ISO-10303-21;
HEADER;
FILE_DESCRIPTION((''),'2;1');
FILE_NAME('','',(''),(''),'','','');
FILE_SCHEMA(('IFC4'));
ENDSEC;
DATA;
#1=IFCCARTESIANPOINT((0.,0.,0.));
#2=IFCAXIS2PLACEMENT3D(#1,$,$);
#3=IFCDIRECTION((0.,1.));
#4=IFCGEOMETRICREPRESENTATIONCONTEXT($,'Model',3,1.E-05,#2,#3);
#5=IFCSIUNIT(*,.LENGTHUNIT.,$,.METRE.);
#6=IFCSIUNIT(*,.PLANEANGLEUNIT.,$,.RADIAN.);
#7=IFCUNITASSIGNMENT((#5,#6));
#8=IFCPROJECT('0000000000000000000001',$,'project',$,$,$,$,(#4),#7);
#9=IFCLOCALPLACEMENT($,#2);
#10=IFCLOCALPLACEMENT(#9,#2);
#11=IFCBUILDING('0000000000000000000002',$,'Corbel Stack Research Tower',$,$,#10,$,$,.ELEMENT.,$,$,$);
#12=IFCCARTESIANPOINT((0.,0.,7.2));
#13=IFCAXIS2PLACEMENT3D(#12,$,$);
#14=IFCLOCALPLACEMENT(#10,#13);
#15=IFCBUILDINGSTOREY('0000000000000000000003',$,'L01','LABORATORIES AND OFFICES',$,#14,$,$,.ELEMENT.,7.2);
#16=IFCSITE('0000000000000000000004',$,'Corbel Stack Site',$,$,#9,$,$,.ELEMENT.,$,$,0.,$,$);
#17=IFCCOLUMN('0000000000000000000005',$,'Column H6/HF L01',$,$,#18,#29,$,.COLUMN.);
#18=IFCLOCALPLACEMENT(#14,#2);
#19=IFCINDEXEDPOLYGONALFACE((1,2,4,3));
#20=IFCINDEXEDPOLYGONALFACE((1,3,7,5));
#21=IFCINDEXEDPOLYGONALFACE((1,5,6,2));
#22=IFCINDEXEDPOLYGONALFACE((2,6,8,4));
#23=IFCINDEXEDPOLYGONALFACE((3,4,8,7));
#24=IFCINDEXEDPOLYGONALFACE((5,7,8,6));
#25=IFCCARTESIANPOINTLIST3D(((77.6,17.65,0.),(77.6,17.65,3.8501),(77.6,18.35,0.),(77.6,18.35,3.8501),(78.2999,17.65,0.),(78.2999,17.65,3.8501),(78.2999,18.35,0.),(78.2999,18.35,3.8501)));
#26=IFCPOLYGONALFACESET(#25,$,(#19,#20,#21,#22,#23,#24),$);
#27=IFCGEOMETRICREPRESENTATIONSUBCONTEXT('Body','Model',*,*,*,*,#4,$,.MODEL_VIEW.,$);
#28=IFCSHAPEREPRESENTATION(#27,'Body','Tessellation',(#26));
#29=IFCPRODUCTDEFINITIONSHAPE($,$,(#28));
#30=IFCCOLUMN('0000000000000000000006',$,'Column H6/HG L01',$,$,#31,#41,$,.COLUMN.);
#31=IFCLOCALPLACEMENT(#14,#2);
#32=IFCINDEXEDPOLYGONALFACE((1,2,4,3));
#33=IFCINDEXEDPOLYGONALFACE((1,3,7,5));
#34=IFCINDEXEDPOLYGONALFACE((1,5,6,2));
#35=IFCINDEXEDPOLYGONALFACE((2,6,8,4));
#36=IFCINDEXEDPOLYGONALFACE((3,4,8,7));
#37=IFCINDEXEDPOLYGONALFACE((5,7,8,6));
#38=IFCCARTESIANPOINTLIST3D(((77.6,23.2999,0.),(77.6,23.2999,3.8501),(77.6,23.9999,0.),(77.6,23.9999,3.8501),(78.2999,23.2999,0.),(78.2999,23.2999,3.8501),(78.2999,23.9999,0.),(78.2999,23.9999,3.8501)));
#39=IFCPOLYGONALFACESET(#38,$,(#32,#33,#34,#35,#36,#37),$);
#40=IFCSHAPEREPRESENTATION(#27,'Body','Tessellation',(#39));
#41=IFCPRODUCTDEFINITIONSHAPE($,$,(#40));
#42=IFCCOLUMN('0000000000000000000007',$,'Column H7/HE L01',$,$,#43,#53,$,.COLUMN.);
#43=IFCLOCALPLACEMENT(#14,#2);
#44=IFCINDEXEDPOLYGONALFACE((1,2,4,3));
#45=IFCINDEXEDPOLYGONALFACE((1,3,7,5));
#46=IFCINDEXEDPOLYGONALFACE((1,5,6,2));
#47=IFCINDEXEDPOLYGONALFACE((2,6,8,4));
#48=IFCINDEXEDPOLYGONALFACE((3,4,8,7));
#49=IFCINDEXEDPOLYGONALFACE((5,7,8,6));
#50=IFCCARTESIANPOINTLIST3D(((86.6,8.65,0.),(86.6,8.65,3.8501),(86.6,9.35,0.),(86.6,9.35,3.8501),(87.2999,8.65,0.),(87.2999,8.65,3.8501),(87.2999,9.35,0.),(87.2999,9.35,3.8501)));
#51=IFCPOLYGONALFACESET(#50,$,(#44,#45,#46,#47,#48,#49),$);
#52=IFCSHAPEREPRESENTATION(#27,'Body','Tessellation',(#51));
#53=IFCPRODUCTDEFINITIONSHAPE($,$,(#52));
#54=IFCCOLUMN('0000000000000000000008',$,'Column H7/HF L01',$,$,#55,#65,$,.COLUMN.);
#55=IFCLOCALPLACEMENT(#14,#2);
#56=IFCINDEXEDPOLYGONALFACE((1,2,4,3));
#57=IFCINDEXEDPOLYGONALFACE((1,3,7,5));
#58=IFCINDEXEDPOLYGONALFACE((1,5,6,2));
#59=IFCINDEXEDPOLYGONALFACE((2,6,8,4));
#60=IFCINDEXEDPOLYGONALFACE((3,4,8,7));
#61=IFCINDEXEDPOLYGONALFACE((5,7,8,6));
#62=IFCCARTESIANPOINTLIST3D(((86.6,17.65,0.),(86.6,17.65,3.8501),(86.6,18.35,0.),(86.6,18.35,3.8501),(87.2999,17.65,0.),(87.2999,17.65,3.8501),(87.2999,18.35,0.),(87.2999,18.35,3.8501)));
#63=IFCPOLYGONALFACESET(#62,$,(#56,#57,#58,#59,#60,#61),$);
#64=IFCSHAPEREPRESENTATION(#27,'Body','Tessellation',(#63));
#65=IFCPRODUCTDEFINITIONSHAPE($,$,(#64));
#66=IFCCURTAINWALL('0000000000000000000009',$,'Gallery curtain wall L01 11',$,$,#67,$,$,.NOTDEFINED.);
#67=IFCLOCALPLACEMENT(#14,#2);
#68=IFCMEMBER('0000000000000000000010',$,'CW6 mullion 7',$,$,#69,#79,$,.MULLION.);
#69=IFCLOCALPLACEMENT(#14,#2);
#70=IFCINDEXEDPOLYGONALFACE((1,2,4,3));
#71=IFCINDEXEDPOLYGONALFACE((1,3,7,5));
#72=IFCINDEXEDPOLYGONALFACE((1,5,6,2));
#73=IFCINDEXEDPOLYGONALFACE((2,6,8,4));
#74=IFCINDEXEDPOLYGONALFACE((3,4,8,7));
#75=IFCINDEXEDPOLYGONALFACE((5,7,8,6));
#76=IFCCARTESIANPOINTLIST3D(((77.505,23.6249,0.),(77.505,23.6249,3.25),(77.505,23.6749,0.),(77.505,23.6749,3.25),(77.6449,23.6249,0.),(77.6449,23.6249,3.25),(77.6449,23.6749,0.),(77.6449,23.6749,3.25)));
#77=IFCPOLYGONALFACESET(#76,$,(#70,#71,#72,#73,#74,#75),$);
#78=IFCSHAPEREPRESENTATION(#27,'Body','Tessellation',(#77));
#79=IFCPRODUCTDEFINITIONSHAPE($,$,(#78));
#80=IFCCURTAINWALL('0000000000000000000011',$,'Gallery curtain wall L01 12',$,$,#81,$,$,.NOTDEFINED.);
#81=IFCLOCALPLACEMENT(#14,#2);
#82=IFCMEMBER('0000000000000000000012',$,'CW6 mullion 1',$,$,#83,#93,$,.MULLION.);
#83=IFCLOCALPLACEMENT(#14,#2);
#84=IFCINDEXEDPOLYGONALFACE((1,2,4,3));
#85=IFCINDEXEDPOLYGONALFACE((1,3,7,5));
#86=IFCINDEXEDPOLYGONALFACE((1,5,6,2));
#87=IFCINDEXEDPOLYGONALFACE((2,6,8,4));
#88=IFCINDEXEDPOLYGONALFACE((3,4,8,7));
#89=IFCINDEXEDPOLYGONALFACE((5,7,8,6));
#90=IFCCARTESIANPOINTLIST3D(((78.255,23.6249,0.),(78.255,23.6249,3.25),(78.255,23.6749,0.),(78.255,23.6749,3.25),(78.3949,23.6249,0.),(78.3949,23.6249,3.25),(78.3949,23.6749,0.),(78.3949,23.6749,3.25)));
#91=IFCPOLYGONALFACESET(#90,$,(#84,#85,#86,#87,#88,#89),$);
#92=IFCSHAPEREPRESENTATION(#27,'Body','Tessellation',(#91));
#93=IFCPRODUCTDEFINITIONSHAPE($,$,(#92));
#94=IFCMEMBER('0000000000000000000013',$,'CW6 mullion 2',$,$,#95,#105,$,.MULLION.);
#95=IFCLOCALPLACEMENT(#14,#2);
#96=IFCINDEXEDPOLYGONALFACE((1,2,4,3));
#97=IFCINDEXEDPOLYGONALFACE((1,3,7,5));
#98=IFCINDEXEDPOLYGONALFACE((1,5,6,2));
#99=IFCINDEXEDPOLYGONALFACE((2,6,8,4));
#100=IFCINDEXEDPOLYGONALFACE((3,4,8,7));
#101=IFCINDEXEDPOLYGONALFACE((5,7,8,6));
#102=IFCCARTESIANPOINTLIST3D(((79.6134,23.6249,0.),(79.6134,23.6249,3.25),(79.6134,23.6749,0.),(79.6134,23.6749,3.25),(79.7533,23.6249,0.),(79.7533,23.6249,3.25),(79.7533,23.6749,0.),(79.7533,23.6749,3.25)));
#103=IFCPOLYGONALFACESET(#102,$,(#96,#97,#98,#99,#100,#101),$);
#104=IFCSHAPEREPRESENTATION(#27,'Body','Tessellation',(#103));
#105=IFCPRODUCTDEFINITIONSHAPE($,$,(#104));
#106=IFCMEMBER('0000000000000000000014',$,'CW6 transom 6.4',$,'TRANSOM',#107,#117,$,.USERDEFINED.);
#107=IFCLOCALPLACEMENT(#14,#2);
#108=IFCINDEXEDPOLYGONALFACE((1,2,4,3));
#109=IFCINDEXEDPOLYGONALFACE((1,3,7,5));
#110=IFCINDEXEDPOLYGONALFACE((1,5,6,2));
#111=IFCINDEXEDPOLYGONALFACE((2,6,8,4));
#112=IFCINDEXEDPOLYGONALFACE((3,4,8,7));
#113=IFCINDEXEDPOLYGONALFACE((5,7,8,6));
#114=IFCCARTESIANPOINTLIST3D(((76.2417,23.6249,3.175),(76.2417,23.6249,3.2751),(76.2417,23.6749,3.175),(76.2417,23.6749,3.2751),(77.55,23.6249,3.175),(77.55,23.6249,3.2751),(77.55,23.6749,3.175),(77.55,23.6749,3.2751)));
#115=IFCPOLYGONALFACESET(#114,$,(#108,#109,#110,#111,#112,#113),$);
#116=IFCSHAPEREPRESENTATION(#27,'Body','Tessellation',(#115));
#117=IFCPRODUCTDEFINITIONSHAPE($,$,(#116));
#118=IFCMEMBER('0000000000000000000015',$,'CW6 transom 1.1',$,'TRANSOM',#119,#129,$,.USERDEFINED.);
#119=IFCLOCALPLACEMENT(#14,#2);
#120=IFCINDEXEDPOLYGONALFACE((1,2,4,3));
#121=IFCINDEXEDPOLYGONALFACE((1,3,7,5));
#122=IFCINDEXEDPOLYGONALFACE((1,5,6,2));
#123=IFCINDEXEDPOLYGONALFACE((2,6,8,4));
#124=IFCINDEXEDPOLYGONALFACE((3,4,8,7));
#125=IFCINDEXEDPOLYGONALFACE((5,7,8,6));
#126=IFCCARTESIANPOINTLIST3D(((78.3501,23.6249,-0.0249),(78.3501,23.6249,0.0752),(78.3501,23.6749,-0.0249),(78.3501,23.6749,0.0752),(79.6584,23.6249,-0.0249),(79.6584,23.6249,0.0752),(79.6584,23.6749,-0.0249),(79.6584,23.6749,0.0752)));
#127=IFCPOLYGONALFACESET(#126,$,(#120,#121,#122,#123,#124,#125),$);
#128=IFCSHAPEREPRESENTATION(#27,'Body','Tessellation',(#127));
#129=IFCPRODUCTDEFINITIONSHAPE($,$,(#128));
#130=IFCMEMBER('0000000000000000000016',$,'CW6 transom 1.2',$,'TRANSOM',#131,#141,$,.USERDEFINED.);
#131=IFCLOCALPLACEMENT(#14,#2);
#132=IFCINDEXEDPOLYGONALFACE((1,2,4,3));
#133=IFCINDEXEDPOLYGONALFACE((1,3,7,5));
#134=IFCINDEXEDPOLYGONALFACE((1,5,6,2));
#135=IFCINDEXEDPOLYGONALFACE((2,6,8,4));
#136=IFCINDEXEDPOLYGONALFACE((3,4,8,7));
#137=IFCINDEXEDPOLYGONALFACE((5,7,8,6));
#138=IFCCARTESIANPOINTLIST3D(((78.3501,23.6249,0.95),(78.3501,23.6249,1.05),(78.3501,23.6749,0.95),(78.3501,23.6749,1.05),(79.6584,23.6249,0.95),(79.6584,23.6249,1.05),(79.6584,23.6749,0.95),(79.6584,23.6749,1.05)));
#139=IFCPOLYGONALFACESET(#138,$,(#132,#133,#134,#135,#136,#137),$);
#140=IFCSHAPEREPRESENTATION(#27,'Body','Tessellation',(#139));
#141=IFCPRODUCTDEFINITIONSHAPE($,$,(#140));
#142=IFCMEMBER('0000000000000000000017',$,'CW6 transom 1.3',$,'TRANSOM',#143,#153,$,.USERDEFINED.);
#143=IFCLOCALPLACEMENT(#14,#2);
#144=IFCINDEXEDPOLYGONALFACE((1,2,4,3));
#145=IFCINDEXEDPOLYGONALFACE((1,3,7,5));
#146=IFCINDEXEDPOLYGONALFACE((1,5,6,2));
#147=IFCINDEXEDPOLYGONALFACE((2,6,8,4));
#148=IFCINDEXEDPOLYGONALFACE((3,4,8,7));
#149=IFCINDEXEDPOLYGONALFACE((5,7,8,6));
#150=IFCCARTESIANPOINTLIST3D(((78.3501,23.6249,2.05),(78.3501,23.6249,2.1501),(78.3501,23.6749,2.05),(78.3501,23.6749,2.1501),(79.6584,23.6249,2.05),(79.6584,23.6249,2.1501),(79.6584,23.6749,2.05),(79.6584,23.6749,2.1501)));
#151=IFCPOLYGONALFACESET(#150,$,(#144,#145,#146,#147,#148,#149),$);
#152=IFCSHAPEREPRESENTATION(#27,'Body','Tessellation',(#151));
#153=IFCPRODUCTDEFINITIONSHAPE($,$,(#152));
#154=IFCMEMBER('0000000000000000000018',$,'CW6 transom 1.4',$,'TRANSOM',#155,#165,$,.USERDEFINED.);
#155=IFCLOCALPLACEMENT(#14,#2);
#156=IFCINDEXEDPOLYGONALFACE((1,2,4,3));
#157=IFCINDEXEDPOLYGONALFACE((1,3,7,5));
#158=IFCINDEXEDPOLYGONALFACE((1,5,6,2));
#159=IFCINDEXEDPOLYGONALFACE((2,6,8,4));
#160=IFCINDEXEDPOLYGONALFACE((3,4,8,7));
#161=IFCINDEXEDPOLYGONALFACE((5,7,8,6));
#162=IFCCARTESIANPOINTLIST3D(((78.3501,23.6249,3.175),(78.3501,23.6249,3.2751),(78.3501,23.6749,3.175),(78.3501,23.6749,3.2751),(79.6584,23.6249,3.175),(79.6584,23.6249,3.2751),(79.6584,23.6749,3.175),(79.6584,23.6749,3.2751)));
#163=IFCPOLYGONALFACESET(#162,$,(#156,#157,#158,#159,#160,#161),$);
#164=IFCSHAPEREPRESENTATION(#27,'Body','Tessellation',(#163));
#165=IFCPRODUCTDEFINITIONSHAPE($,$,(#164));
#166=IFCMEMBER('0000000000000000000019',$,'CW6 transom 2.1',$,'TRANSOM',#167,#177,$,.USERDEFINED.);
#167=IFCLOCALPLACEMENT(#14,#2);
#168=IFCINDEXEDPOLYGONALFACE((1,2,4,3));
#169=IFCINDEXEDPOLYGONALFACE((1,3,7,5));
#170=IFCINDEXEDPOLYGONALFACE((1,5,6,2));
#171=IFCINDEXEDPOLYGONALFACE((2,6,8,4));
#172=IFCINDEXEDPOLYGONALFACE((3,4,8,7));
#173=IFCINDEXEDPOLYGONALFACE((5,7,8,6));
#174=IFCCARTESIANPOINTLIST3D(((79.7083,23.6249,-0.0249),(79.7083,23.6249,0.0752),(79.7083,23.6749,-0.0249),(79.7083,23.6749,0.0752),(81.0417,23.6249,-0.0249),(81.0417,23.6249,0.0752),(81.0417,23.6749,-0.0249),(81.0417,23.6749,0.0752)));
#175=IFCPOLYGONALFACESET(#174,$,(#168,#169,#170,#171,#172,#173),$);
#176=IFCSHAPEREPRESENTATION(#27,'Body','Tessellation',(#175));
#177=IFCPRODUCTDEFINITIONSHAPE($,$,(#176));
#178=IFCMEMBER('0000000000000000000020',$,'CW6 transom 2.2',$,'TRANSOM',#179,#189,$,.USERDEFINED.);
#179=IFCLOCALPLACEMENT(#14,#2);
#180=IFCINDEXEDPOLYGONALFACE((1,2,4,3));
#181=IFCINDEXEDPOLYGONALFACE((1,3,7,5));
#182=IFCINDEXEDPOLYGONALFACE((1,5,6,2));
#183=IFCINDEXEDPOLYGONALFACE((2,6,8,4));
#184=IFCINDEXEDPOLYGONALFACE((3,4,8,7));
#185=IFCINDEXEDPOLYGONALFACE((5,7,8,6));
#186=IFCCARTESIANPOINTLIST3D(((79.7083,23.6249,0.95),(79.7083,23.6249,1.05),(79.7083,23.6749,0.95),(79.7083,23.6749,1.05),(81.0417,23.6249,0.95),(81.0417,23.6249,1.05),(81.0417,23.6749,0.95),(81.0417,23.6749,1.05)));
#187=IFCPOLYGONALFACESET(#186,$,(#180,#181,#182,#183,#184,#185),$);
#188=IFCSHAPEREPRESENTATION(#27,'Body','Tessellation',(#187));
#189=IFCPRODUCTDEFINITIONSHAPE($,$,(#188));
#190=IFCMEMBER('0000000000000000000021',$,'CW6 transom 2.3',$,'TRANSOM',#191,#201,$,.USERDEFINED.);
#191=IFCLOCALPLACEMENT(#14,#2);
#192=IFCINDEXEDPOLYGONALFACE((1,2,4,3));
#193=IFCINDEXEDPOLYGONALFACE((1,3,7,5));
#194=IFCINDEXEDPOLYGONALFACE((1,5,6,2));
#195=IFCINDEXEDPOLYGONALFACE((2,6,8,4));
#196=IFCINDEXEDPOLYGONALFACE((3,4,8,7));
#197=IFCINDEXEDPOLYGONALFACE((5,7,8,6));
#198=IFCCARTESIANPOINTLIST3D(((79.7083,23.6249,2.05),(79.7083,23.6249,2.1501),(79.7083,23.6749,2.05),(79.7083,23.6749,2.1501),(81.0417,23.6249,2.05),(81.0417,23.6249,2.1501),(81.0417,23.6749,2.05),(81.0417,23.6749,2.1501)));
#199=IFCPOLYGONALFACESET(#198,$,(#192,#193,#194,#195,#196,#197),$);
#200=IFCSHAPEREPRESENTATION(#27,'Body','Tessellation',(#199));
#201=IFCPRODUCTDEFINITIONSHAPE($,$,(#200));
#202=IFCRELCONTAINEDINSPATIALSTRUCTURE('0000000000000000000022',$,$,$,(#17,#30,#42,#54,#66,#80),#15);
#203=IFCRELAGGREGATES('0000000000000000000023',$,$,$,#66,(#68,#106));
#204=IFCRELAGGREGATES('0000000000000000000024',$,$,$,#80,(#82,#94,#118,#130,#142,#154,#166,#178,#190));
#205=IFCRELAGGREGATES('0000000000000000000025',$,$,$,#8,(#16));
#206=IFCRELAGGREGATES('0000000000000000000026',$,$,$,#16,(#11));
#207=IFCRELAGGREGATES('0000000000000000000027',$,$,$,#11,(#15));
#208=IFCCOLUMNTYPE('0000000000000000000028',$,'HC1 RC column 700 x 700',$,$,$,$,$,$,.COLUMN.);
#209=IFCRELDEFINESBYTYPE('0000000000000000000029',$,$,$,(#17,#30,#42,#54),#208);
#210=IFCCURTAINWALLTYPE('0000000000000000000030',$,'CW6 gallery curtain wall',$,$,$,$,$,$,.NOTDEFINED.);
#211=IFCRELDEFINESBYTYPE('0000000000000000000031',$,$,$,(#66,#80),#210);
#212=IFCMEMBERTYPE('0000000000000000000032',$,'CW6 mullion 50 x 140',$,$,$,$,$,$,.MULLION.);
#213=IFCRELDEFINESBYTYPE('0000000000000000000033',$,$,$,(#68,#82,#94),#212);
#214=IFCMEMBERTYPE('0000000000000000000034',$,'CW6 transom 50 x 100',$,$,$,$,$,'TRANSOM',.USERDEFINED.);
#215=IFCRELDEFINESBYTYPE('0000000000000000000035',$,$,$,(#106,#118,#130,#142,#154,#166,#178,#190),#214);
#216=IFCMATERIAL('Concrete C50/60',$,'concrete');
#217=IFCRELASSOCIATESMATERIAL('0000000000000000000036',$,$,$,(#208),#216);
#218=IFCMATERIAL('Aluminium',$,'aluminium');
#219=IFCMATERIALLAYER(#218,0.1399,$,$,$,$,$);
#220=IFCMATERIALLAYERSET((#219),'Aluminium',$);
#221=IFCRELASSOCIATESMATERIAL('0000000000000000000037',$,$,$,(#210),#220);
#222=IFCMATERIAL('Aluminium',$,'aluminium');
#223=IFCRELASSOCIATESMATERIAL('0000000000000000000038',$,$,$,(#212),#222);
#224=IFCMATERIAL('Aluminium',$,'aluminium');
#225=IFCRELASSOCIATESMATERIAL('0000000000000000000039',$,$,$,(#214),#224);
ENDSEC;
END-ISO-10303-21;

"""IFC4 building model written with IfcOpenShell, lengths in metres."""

from ifc_helpers import new_model, si_unit, direction, frame, origin, origin_2d, place, context, subcontext, project, spatial, rectangle, extrude, material, layer, layer_set, material_profile, profile_set, type_object, element, aggregate, save


model = new_model("IFC4")

# Units and contexts
model_context = context("Model", 3, precision=1e-05, world=origin(), true_north=direction((0.0, 1.0)))
body_context = subcontext(model_context, "Body", "Model", "MODEL_VIEW")
ifc_project = project(units=[si_unit("LENGTHUNIT", "METRE"), si_unit("PLANEANGLEUNIT", "RADIAN")], contexts=[model_context])

# Site, building, storey
site_placement = place(None, origin())
site = spatial("IfcSite", under=ifc_project, at=site_placement, Name="Corbel Stack Site", CompositionType="ELEMENT", RefElevation=0.0)
building_placement = place(site_placement, origin())
building = spatial("IfcBuilding", under=site, at=building_placement, Name="Corbel Stack Research Tower", CompositionType="ELEMENT")
storey_placement = place(building_placement, frame((0.0, 0.0, 7.2)))
storey = spatial("IfcBuildingStorey", under=building, at=storey_placement, Name="L01", Description="LABORATORIES AND OFFICES", CompositionType="ELEMENT", Elevation=7.2)

# Columns
ifc_material_1 = material(Name="Concrete C50/60", Category="concrete")
ifc_material_profile_1 = material_profile(ifc_material_1, rectangle(XDim=0.7, YDim=0.7, at=origin_2d()), Name="RC 700 x 700")
ifc_profile_set_1 = profile_set([ifc_material_profile_1], Name="Concrete C50/60")
column_type = type_object("IfcColumnType", Name="HC1 RC column 700 x 700", PredefinedType="COLUMN", material=ifc_profile_set_1)
for number, where, z_axis, x_axis, name in (
    (1, (77.95, 18.0, 0.0), (0.0, 0.0, 1.0), (1.0, 0.0, 0.0), "Column H6/HF L01"),
    (2, (77.95, 23.6499, 0.0), (0.0, 0.0, 1.0), (1.0, 0.0, 0.0), "Column H6/HG L01"),
    (3, (86.95, 9.0, 0.0), (0.0, 0.0, 1.0), (1.0, 0.0, 0.0), "Column H7/HE L01"),
    (4, (86.95, 18.0, 0.0), (0.0, 0.0, 1.0), (1.0, 0.0, 0.0), "Column H7/HF L01"),
):
    element("IfcColumn", number, at=place(storey_placement, frame(where, z_axis=z_axis, x_axis=x_axis)), inside=storey, type_object=column_type, Name=name, PredefinedType="COLUMN", context=body_context, shape_type="SweptSolid", body=[
        extrude(rectangle(XDim=0.7, YDim=0.7, at=origin_2d()), origin(), (0.0, 0.0, 1.0), 3.8501),
    ])

# Curtain wall, member
ifc_material_2 = material(Name="Aluminium", Category="aluminium")
ifc_layer_1 = layer(ifc_material_2, 0.1399)
ifc_layer_set_1 = layer_set([ifc_layer_1], Name="Aluminium")
curtain_wall_type = type_object("IfcCurtainWallType", Name="CW6 gallery curtain wall", PredefinedType="NOTDEFINED", material=ifc_layer_set_1)
curtain_wall_1_placement = place(storey_placement, origin())
curtain_wall_1 = element("IfcCurtainWall", 5, at=curtain_wall_1_placement, inside=storey, type_object=curtain_wall_type, Name="Gallery curtain wall L01 11", PredefinedType="NOTDEFINED")
ifc_material_3 = material(Name="Aluminium", Category="aluminium")
ifc_material_profile_2 = material_profile(ifc_material_3, rectangle(XDim=0.05, YDim=0.1399, at=origin_2d()), Name="Mullion 50 x 140")
ifc_profile_set_2 = profile_set([ifc_material_profile_2], Name="Aluminium")
member_type_1 = type_object("IfcMemberType", Name="CW6 mullion 50 x 140", PredefinedType="MULLION", material=ifc_profile_set_2)
member_1_placement = place(storey_placement, frame((77.575, 23.6499, 0.0), z_axis=(0.0, 0.0, 1.0), x_axis=(0.0, 1.0, 0.0)))
member_1 = element("IfcMember", 6, at=member_1_placement, type_object=member_type_1, Name="CW6 mullion 7", PredefinedType="MULLION", context=body_context, shape_type="SweptSolid", body=[
    extrude(rectangle(XDim=0.05, YDim=0.1399, at=origin_2d()), origin(), (0.0, 0.0, 1.0), 3.25),
])

# Curtain wall, members
curtain_wall_2_placement = place(storey_placement, origin())
curtain_wall_2 = element("IfcCurtainWall", 7, at=curtain_wall_2_placement, inside=storey, type_object=curtain_wall_type, Name="Gallery curtain wall L01 12", PredefinedType="NOTDEFINED")
member_2_placement = place(storey_placement, frame((78.325, 23.6499, 0.0), z_axis=(0.0, 0.0, 1.0), x_axis=(0.0, 1.0, 0.0)))
member_2 = element("IfcMember", 8, at=member_2_placement, type_object=member_type_1, Name="CW6 mullion 1", PredefinedType="MULLION", context=body_context, shape_type="SweptSolid", body=[
    extrude(rectangle(XDim=0.05, YDim=0.1399, at=origin_2d()), origin(), (0.0, 0.0, 1.0), 3.25),
])
member_3_placement = place(storey_placement, frame((79.6833, 23.6499, 0.0), z_axis=(0.0, 0.0, 1.0), x_axis=(0.0, 1.0, 0.0)))
member_3 = element("IfcMember", 9, at=member_3_placement, type_object=member_type_1, Name="CW6 mullion 2", PredefinedType="MULLION", context=body_context, shape_type="SweptSolid", body=[
    extrude(rectangle(XDim=0.05, YDim=0.1399, at=origin_2d()), origin(), (0.0, 0.0, 1.0), 3.25),
])

# Members
ifc_material_4 = material(Name="Aluminium", Category="aluminium")
ifc_material_profile_3 = material_profile(ifc_material_4, rectangle(XDim=0.05, YDim=0.1001, at=origin_2d()), Name="Transom 50 x 100")
ifc_profile_set_3 = profile_set([ifc_material_profile_3], Name="Aluminium")
member_type_2 = type_object("IfcMemberType", Name="CW6 transom 50 x 100", ElementType="TRANSOM", PredefinedType="USERDEFINED", material=ifc_profile_set_3)
member_4_placement = place(storey_placement, frame((76.2417, 23.6499, 3.2251), z_axis=(1.0, 0.0, 0.0), x_axis=(0.0, 1.0, 0.0)))
member_4 = element("IfcMember", 10, at=member_4_placement, type_object=member_type_2, Name="CW6 transom 6.4", ObjectType="TRANSOM", PredefinedType="USERDEFINED", context=body_context, shape_type="SweptSolid", body=[
    extrude(rectangle(XDim=0.05, YDim=0.1001, at=origin_2d()), origin(), (0.0, 0.0, 1.0), 1.3083),
])
member_5_placement = place(storey_placement, frame((78.3501, 23.6499, 0.0251), z_axis=(1.0, 0.0, 0.0), x_axis=(0.0, 1.0, 0.0)))
member_5 = element("IfcMember", 11, at=member_5_placement, type_object=member_type_2, Name="CW6 transom 1.1", ObjectType="TRANSOM", PredefinedType="USERDEFINED", context=body_context, shape_type="SweptSolid", body=[
    extrude(rectangle(XDim=0.05, YDim=0.1001, at=origin_2d()), origin(), (0.0, 0.0, 1.0), 1.3083),
])
member_6_placement = place(storey_placement, frame((78.3501, 23.6499, 1.0), z_axis=(1.0, 0.0, 0.0), x_axis=(0.0, 1.0, 0.0)))
member_6 = element("IfcMember", 12, at=member_6_placement, type_object=member_type_2, Name="CW6 transom 1.2", ObjectType="TRANSOM", PredefinedType="USERDEFINED", context=body_context, shape_type="SweptSolid", body=[
    extrude(rectangle(XDim=0.05, YDim=0.1001, at=origin_2d()), origin(), (0.0, 0.0, 1.0), 1.3083),
])
member_7_placement = place(storey_placement, frame((78.3501, 23.6499, 2.1001), z_axis=(1.0, 0.0, 0.0), x_axis=(0.0, 1.0, 0.0)))
member_7 = element("IfcMember", 13, at=member_7_placement, type_object=member_type_2, Name="CW6 transom 1.3", ObjectType="TRANSOM", PredefinedType="USERDEFINED", context=body_context, shape_type="SweptSolid", body=[
    extrude(rectangle(XDim=0.05, YDim=0.1001, at=origin_2d()), origin(), (0.0, 0.0, 1.0), 1.3083),
])
member_8_placement = place(storey_placement, frame((78.3501, 23.6499, 3.2251), z_axis=(1.0, 0.0, 0.0), x_axis=(0.0, 1.0, 0.0)))
member_8 = element("IfcMember", 14, at=member_8_placement, type_object=member_type_2, Name="CW6 transom 1.4", ObjectType="TRANSOM", PredefinedType="USERDEFINED", context=body_context, shape_type="SweptSolid", body=[
    extrude(rectangle(XDim=0.05, YDim=0.1001, at=origin_2d()), origin(), (0.0, 0.0, 1.0), 1.3083),
])
member_9_placement = place(storey_placement, frame((79.7083, 23.6499, 0.0251), z_axis=(1.0, 0.0, 0.0), x_axis=(0.0, 1.0, 0.0)))
member_9 = element("IfcMember", 15, at=member_9_placement, type_object=member_type_2, Name="CW6 transom 2.1", ObjectType="TRANSOM", PredefinedType="USERDEFINED", context=body_context, shape_type="SweptSolid", body=[
    extrude(rectangle(XDim=0.05, YDim=0.1001, at=origin_2d()), origin(), (0.0, 0.0, 1.0), 1.3335),
])
member_10_placement = place(storey_placement, frame((79.7083, 23.6499, 1.0), z_axis=(1.0, 0.0, 0.0), x_axis=(0.0, 1.0, 0.0)))
member_10 = element("IfcMember", 16, at=member_10_placement, type_object=member_type_2, Name="CW6 transom 2.2", ObjectType="TRANSOM", PredefinedType="USERDEFINED", context=body_context, shape_type="SweptSolid", body=[
    extrude(rectangle(XDim=0.05, YDim=0.1001, at=origin_2d()), origin(), (0.0, 0.0, 1.0), 1.3335),
])
member_11_placement = place(storey_placement, frame((79.7083, 23.6499, 2.1001), z_axis=(1.0, 0.0, 0.0), x_axis=(0.0, 1.0, 0.0)))
member_11 = element("IfcMember", 17, at=member_11_placement, type_object=member_type_2, Name="CW6 transom 2.3", ObjectType="TRANSOM", PredefinedType="USERDEFINED", context=body_context, shape_type="SweptSolid", body=[
    extrude(rectangle(XDim=0.05, YDim=0.1001, at=origin_2d()), origin(), (0.0, 0.0, 1.0), 1.3335),
])

aggregate(curtain_wall_1, [member_1, member_4])
aggregate(curtain_wall_2, [member_2, member_3, member_5, member_6, member_7, member_8, member_9, member_10, member_11])

save(model, "model.ifc")
